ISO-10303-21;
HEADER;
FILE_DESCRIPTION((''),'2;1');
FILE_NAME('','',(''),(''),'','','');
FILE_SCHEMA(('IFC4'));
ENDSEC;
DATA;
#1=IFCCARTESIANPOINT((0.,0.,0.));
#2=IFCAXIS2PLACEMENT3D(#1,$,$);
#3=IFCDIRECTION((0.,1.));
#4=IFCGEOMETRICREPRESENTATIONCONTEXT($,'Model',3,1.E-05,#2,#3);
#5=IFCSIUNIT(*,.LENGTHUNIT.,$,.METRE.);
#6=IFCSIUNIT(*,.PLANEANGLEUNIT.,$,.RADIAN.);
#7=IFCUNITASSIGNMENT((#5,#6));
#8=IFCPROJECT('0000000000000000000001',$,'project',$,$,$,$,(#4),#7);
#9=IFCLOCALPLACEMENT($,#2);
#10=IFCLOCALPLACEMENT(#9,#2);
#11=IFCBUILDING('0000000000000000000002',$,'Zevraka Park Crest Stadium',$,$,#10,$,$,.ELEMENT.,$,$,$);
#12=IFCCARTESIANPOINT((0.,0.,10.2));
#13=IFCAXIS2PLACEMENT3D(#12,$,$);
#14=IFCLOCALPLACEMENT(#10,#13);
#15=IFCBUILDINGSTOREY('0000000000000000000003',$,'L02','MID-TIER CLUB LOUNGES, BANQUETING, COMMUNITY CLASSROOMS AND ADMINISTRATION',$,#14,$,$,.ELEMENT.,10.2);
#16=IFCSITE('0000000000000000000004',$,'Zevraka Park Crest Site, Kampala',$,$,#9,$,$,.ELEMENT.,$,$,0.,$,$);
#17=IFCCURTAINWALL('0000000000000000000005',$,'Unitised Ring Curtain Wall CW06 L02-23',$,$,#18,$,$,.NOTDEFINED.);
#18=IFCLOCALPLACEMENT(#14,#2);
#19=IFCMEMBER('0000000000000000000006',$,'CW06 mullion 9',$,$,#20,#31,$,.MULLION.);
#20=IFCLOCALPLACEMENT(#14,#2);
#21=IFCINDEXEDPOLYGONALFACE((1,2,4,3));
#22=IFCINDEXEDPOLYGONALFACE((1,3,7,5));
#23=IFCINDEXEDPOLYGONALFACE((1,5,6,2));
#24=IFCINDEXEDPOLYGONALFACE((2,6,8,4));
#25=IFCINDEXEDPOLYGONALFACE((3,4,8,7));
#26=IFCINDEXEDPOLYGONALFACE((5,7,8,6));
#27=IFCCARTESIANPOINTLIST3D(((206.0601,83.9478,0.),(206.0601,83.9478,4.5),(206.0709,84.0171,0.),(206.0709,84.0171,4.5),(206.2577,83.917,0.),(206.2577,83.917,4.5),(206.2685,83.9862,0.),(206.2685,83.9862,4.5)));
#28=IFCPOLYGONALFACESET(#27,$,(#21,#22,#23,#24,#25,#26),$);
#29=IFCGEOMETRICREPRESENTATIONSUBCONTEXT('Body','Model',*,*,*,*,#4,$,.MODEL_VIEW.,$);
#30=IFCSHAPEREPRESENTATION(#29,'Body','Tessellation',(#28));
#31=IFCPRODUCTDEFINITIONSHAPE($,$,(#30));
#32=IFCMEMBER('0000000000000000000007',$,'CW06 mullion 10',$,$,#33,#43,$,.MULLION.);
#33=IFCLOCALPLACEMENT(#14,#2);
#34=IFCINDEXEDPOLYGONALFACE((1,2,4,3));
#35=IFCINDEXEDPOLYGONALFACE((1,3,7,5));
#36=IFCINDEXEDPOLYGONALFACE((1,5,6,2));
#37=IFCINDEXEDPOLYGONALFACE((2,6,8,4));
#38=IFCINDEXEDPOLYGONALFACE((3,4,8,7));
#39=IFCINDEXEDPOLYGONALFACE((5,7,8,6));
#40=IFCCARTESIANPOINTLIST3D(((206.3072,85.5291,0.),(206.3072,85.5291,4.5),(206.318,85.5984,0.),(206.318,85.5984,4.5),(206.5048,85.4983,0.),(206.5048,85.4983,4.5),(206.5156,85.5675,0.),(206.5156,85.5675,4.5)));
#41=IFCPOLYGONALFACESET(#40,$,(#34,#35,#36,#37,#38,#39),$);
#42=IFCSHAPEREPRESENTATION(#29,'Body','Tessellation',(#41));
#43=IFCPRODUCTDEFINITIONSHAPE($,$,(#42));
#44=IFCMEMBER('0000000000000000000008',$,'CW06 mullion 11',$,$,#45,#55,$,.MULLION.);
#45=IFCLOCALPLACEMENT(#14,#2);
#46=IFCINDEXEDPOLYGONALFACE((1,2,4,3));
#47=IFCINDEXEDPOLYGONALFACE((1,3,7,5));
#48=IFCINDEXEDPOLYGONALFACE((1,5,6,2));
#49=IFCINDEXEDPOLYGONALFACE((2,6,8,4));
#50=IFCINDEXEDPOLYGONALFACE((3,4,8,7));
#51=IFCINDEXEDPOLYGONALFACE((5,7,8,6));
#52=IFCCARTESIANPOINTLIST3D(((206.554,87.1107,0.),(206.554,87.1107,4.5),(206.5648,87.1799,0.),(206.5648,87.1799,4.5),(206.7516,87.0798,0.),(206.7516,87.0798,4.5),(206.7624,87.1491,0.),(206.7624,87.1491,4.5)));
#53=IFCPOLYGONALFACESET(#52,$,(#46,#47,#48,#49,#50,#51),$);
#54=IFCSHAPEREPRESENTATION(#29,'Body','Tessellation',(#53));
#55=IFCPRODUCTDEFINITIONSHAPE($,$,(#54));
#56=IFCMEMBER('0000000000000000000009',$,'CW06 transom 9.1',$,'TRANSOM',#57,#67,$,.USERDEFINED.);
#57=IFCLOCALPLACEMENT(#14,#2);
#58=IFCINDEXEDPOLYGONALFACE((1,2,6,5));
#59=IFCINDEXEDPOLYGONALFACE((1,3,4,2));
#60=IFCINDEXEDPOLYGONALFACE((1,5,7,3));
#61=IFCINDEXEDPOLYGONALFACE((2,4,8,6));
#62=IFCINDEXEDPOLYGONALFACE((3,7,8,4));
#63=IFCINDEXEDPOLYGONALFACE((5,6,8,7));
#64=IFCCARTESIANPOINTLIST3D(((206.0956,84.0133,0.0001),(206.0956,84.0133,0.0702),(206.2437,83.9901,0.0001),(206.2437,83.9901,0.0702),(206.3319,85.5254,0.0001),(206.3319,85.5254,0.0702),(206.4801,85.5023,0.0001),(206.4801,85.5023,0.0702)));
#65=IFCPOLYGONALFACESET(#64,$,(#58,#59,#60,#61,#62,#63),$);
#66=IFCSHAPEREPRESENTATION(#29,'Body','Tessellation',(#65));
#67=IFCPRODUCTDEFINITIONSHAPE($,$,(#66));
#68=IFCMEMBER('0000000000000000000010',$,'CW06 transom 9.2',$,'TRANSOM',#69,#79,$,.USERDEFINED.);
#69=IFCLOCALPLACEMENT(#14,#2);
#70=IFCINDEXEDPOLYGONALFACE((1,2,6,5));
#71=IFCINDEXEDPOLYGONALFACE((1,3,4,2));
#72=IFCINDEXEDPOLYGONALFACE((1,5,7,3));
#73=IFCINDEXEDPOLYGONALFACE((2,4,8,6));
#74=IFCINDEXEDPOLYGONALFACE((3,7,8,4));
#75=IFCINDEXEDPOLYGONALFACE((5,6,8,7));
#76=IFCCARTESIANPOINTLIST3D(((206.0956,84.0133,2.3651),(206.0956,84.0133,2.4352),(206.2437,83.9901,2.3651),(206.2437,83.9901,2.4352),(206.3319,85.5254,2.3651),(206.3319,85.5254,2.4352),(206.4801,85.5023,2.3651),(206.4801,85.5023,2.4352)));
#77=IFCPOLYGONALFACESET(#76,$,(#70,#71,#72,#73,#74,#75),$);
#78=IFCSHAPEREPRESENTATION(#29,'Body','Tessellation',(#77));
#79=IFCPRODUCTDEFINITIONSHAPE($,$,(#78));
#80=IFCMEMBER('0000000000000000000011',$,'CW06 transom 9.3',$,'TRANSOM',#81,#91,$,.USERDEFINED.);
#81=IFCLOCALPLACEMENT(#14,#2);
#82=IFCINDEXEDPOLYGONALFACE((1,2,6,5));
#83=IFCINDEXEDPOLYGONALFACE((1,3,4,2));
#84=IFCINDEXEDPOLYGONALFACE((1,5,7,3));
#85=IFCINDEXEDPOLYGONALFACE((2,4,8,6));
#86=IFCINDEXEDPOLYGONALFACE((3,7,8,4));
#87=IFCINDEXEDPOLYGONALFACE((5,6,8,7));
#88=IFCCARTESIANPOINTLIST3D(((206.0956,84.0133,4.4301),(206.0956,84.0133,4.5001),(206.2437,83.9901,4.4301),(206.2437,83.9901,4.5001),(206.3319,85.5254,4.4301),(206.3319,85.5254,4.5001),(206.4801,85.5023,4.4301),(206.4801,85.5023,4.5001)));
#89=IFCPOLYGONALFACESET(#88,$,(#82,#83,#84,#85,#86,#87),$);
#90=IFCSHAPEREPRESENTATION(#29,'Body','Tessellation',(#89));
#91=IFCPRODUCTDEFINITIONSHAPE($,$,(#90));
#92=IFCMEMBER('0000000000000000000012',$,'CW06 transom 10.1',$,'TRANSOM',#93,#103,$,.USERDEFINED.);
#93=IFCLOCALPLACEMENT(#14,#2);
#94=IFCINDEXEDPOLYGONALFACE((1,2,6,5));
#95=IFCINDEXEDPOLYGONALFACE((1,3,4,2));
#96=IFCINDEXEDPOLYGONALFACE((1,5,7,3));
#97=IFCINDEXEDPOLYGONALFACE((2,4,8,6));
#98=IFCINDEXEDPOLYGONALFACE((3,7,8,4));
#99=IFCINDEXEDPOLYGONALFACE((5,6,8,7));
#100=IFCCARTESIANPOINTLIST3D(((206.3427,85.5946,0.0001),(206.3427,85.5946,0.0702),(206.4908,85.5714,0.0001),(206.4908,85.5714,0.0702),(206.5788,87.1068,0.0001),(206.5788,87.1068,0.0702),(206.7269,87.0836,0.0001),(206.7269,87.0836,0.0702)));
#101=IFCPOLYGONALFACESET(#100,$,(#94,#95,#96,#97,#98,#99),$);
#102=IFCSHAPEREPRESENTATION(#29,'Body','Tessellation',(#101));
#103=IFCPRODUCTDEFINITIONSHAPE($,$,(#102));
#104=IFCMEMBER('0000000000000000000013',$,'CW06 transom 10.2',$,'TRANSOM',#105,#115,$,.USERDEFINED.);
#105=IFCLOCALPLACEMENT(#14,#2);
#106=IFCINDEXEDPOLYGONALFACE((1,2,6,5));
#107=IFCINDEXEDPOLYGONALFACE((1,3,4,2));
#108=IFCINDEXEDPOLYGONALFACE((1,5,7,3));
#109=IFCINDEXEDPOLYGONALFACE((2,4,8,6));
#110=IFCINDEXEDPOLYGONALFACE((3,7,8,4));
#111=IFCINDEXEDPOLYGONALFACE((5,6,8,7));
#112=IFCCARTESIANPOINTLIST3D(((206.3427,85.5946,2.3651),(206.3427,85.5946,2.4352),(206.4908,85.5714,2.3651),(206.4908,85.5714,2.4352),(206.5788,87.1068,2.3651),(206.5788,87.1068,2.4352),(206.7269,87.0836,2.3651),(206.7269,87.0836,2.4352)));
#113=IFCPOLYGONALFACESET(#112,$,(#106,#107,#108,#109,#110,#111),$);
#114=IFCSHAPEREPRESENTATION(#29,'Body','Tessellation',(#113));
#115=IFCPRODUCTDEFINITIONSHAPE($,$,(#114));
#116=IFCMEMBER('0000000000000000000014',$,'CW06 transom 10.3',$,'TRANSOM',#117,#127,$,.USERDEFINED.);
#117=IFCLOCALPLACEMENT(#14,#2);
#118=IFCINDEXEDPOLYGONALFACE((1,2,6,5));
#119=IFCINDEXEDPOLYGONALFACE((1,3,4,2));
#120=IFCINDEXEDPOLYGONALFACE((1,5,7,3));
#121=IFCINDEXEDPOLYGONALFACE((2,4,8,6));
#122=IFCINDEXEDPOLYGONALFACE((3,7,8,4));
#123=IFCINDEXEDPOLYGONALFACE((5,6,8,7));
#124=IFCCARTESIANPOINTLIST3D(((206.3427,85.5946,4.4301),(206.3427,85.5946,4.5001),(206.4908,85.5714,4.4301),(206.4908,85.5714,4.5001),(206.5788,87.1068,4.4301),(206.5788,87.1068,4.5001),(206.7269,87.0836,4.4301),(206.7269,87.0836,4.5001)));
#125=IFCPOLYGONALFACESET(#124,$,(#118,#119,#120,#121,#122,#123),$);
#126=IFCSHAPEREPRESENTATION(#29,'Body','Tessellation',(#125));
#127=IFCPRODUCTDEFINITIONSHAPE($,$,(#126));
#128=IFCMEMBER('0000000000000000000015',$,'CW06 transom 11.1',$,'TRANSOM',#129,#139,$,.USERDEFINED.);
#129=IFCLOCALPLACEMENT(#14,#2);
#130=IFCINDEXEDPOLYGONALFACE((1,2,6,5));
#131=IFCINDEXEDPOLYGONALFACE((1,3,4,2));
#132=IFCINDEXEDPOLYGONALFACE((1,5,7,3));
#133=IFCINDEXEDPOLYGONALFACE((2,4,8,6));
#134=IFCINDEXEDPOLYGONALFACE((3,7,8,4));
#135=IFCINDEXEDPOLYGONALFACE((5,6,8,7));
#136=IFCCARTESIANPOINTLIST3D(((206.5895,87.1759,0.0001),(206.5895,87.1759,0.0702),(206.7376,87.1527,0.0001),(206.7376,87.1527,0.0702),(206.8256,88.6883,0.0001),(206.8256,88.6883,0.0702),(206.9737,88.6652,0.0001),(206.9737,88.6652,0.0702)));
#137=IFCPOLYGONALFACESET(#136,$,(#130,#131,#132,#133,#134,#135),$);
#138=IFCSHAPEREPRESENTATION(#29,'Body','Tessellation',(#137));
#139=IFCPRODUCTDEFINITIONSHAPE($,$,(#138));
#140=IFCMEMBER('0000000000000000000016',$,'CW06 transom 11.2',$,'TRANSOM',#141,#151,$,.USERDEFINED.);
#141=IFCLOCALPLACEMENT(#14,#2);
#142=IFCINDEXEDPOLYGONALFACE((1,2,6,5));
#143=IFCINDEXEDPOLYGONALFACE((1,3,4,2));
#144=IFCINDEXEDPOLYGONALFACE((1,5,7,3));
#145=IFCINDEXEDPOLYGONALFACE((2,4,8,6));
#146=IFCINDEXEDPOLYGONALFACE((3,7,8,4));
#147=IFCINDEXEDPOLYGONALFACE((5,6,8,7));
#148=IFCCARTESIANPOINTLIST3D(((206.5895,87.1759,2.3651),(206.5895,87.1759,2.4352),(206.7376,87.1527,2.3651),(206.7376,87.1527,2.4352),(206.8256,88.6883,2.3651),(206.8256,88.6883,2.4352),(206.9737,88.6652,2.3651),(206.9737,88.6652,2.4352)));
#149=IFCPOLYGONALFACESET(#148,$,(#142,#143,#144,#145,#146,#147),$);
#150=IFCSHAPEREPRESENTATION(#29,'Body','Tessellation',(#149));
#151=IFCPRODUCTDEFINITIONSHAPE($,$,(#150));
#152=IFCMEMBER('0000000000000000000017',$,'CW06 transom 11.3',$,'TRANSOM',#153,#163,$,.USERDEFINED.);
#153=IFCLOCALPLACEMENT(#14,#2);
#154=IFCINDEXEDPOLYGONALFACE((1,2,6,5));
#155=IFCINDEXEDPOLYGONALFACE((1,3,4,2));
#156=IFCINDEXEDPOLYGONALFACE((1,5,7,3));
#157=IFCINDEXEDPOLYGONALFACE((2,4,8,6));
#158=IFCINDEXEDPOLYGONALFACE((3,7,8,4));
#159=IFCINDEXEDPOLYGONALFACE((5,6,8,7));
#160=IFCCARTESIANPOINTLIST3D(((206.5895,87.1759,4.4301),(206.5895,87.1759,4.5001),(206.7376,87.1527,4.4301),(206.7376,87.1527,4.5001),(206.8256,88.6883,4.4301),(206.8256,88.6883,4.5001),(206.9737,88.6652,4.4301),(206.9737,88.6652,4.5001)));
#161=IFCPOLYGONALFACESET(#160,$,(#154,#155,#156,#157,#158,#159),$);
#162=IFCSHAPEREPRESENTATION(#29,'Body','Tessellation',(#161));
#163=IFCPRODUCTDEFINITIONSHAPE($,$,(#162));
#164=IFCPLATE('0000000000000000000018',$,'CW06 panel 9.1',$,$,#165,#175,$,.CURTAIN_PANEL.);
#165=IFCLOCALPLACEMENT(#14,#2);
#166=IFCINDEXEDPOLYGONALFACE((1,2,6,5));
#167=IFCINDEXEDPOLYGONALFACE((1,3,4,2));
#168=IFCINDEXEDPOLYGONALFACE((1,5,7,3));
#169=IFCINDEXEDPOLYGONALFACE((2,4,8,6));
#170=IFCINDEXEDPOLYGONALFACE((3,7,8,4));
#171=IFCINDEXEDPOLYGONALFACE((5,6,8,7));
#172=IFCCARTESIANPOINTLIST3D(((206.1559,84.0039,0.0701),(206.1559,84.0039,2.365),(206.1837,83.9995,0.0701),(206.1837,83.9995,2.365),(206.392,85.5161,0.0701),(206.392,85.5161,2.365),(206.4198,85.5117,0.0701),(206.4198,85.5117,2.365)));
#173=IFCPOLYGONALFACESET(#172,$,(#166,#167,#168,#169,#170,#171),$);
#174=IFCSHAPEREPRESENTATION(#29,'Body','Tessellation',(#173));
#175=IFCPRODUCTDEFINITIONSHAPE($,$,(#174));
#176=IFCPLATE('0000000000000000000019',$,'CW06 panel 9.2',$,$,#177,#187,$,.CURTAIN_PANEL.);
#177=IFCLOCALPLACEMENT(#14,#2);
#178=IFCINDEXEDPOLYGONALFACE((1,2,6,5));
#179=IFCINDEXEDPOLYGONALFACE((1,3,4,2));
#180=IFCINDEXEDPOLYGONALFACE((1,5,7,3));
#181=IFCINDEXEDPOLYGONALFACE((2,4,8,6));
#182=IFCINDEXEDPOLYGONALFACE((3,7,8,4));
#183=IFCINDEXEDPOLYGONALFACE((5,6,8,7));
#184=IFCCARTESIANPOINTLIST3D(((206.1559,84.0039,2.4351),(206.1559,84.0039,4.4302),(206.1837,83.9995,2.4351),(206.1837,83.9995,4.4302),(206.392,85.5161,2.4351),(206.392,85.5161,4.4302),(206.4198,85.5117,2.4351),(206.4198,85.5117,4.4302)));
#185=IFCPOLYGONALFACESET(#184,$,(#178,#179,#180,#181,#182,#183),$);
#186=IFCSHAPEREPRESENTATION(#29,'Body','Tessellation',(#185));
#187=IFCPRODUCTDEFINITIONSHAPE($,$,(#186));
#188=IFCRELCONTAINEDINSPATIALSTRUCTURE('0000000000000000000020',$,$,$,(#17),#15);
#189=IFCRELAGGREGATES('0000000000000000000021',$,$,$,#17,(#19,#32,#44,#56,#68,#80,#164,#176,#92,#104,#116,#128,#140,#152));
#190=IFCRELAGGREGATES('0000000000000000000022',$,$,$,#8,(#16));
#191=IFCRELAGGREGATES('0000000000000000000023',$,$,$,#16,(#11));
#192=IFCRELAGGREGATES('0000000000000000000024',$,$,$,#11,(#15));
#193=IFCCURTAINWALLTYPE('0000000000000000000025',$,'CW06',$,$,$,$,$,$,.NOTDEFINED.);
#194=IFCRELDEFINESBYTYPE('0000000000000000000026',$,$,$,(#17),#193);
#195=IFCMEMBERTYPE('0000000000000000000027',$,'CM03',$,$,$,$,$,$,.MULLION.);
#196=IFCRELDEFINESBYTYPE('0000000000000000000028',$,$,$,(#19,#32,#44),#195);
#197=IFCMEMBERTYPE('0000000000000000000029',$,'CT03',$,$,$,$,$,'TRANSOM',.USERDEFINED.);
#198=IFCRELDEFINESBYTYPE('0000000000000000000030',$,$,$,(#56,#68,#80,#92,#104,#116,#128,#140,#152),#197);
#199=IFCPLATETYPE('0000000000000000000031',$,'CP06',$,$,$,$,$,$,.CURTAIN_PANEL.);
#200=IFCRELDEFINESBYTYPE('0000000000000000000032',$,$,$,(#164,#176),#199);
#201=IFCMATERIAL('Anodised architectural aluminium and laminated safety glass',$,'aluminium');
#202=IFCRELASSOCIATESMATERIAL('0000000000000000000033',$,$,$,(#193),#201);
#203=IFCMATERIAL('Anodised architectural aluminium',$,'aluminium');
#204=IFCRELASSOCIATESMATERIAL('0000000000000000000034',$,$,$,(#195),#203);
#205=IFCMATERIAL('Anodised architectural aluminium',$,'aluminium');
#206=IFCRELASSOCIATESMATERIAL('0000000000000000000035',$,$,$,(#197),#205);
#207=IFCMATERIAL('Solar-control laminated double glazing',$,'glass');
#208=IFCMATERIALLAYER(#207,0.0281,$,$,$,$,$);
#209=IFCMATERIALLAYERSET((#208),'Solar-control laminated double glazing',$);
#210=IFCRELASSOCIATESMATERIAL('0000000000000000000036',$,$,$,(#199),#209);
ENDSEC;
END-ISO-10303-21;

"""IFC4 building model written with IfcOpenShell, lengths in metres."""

from ifc_helpers import new_model, si_unit, direction, frame, origin, origin_2d, place, context, subcontext, project, spatial, rectangle, extrude, material, layer, layer_set, material_profile, profile_set, type_object, element, aggregate, save


model = new_model("IFC4")

# Units and contexts
model_context = context("Model", 3, precision=1e-05, world=origin(), true_north=direction((0.0, 1.0)))
body_context = subcontext(model_context, "Body", "Model", "MODEL_VIEW")
ifc_project = project(units=[si_unit("LENGTHUNIT", "METRE"), si_unit("PLANEANGLEUNIT", "RADIAN")], contexts=[model_context])

# Site, building, storey
site_placement = place(None, origin())
site = spatial("IfcSite", under=ifc_project, at=site_placement, Name="Zevraka Park Crest Site, Kampala", CompositionType="ELEMENT", RefElevation=0.0)
building_placement = place(site_placement, origin())
building = spatial("IfcBuilding", under=site, at=building_placement, Name="Zevraka Park Crest Stadium", CompositionType="ELEMENT")
storey_placement = place(building_placement, frame((0.0, 0.0, 10.2)))
storey = spatial("IfcBuildingStorey", under=building, at=storey_placement, Name="L02", Description="MID-TIER CLUB LOUNGES, BANQUETING, COMMUNITY CLASSROOMS AND ADMINISTRATION", CompositionType="ELEMENT", Elevation=10.2)

# Curtain wall, members, plates
ifc_material_1 = material(Name="Anodised architectural aluminium and laminated safety glass", Category="aluminium")
curtain_wall_type = type_object("IfcCurtainWallType", Name="CW06", PredefinedType="NOTDEFINED", material=ifc_material_1)
curtain_wall_placement = place(storey_placement, origin())
curtain_wall = element("IfcCurtainWall", 1, at=curtain_wall_placement, inside=storey, type_object=curtain_wall_type, Name="Unitised Ring Curtain Wall CW06 L02-23", PredefinedType="NOTDEFINED")
ifc_material_2 = material(Name="Anodised architectural aluminium", Category="aluminium")
ifc_material_profile_1 = material_profile(ifc_material_2, rectangle(XDim=0.2, YDim=0.0701, at=origin_2d()), Name="ALU MULLION 200x70")
ifc_profile_set_1 = profile_set([ifc_material_profile_1], Name="Anodised architectural aluminium")
member_type_1 = type_object("IfcMemberType", Name="CM03", PredefinedType="MULLION", material=ifc_profile_set_1)
member_1_placement = place(storey_placement, frame((206.1643, 83.967, 0.0), z_axis=(0.0, 0.0, 1.0), x_axis=(-0.988028, 0.154274, 0.0)))
member_1 = element("IfcMember", 2, at=member_1_placement, type_object=member_type_1, Name="CW06 mullion 9", PredefinedType="MULLION", context=body_context, shape_type="SweptSolid", body=[
    extrude(rectangle(XDim=0.2, YDim=0.0701, at=origin_2d()), origin(), (0.0, 0.0, 1.0), 4.5),
])
member_2_placement = place(storey_placement, frame((206.4114, 85.5483, 0.0), z_axis=(0.0, 0.0, 1.0), x_axis=(-0.988028, 0.154274, 0.0)))
member_2 = element("IfcMember", 3, at=member_2_placement, type_object=member_type_1, Name="CW06 mullion 10", PredefinedType="MULLION", context=body_context, shape_type="SweptSolid", body=[
    extrude(rectangle(XDim=0.2, YDim=0.0701, at=origin_2d()), origin(), (0.0, 0.0, 1.0), 4.5),
])
member_3_placement = place(storey_placement, frame((206.6582, 87.1299, 0.0), z_axis=(0.0, 0.0, 1.0), x_axis=(-0.988028, 0.154274, 0.0)))
member_3 = element("IfcMember", 4, at=member_3_placement, type_object=member_type_1, Name="CW06 mullion 11", PredefinedType="MULLION", context=body_context, shape_type="SweptSolid", body=[
    extrude(rectangle(XDim=0.2, YDim=0.0701, at=origin_2d()), origin(), (0.0, 0.0, 1.0), 4.5),
])
ifc_material_3 = material(Name="Anodised architectural aluminium", Category="aluminium")
ifc_material_profile_2 = material_profile(ifc_material_3, rectangle(XDim=0.1499, YDim=0.0701, at=origin_2d()), Name="ALU TRANSOM 150x70")
ifc_profile_set_2 = profile_set([ifc_material_profile_2], Name="Anodised architectural aluminium")
member_type_2 = type_object("IfcMemberType", Name="CT03", ElementType="TRANSOM", PredefinedType="USERDEFINED", material=ifc_profile_set_2)
member_4_placement = place(storey_placement, frame((206.1697, 84.0017, 0.0352), z_axis=(0.154406, 0.988007, 0.0), x_axis=(-0.988007, 0.154406, 0.0)))
member_4 = element("IfcMember", 5, at=member_4_placement, type_object=member_type_2, Name="CW06 transom 9.1", ObjectType="TRANSOM", PredefinedType="USERDEFINED", context=body_context, shape_type="SweptSolid", body=[
    extrude(rectangle(XDim=0.1499, YDim=0.0701, at=origin_2d()), origin(), (0.0, 0.0, 1.0), 1.5305),
])
member_5_placement = place(storey_placement, frame((206.1697, 84.0017, 2.4001), z_axis=(0.154406, 0.988007, 0.0), x_axis=(-0.988007, 0.154406, 0.0)))
member_5 = element("IfcMember", 6, at=member_5_placement, type_object=member_type_2, Name="CW06 transom 9.2", ObjectType="TRANSOM", PredefinedType="USERDEFINED", context=body_context, shape_type="SweptSolid", body=[
    extrude(rectangle(XDim=0.1499, YDim=0.0701, at=origin_2d()), origin(), (0.0, 0.0, 1.0), 1.5305),
])
member_6_placement = place(storey_placement, frame((206.1697, 84.0017, 4.4651), z_axis=(0.154406, 0.988007, 0.0), x_axis=(-0.988007, 0.154406, 0.0)))
member_6 = element("IfcMember", 7, at=member_6_placement, type_object=member_type_2, Name="CW06 transom 9.3", ObjectType="TRANSOM", PredefinedType="USERDEFINED", context=body_context, shape_type="SweptSolid", body=[
    extrude(rectangle(XDim=0.1499, YDim=0.0701, at=origin_2d()), origin(), (0.0, 0.0, 1.0), 1.5305),
])
member_7_placement = place(storey_placement, frame((206.4167, 85.583, 0.0352), z_axis=(0.15425, 0.988032, 0.0), x_axis=(-0.988032, 0.15425, 0.0)))
member_7 = element("IfcMember", 8, at=member_7_placement, type_object=member_type_2, Name="CW06 transom 10.1", ObjectType="TRANSOM", PredefinedType="USERDEFINED", context=body_context, shape_type="SweptSolid", body=[
    extrude(rectangle(XDim=0.1499, YDim=0.0701, at=origin_2d()), origin(), (0.0, 0.0, 1.0), 1.5305),
])
member_8_placement = place(storey_placement, frame((206.4167, 85.583, 2.4001), z_axis=(0.15425, 0.988032, 0.0), x_axis=(-0.988032, 0.15425, 0.0)))
member_8 = element("IfcMember", 9, at=member_8_placement, type_object=member_type_2, Name="CW06 transom 10.2", ObjectType="TRANSOM", PredefinedType="USERDEFINED", context=body_context, shape_type="SweptSolid", body=[
    extrude(rectangle(XDim=0.1499, YDim=0.0701, at=origin_2d()), origin(), (0.0, 0.0, 1.0), 1.5305),
])
member_9_placement = place(storey_placement, frame((206.4167, 85.583, 4.4651), z_axis=(0.15425, 0.988032, 0.0), x_axis=(-0.988032, 0.15425, 0.0)))
member_9 = element("IfcMember", 10, at=member_9_placement, type_object=member_type_2, Name="CW06 transom 10.3", ObjectType="TRANSOM", PredefinedType="USERDEFINED", context=body_context, shape_type="SweptSolid", body=[
    extrude(rectangle(XDim=0.1499, YDim=0.0701, at=origin_2d()), origin(), (0.0, 0.0, 1.0), 1.5305),
])
member_10_placement = place(storey_placement, frame((206.6636, 87.1643, 0.0352), z_axis=(0.154226, 0.988036, 0.0), x_axis=(-0.988036, 0.154226, 0.0)))
member_10 = element("IfcMember", 11, at=member_10_placement, type_object=member_type_2, Name="CW06 transom 11.1", ObjectType="TRANSOM", PredefinedType="USERDEFINED", context=body_context, shape_type="SweptSolid", body=[
    extrude(rectangle(XDim=0.1499, YDim=0.0701, at=origin_2d()), origin(), (0.0, 0.0, 1.0), 1.5308),
])
member_11_placement = place(storey_placement, frame((206.6636, 87.1643, 2.4001), z_axis=(0.154226, 0.988036, 0.0), x_axis=(-0.988036, 0.154226, 0.0)))
member_11 = element("IfcMember", 12, at=member_11_placement, type_object=member_type_2, Name="CW06 transom 11.2", ObjectType="TRANSOM", PredefinedType="USERDEFINED", context=body_context, shape_type="SweptSolid", body=[
    extrude(rectangle(XDim=0.1499, YDim=0.0701, at=origin_2d()), origin(), (0.0, 0.0, 1.0), 1.5308),
])
member_12_placement = place(storey_placement, frame((206.6636, 87.1643, 4.4651), z_axis=(0.154226, 0.988036, 0.0), x_axis=(-0.988036, 0.154226, 0.0)))
member_12 = element("IfcMember", 13, at=member_12_placement, type_object=member_type_2, Name="CW06 transom 11.3", ObjectType="TRANSOM", PredefinedType="USERDEFINED", context=body_context, shape_type="SweptSolid", body=[
    extrude(rectangle(XDim=0.1499, YDim=0.0701, at=origin_2d()), origin(), (0.0, 0.0, 1.0), 1.5308),
])
ifc_material_4 = material(Name="Solar-control laminated double glazing", Category="glass")
ifc_layer_1 = layer(ifc_material_4, 0.0281)
ifc_layer_set_1 = layer_set([ifc_layer_1], Name="Solar-control laminated double glazing")
plate_type = type_object("IfcPlateType", Name="CP06", PredefinedType="CURTAIN_PANEL", material=ifc_layer_set_1)
plate_1_placement = place(storey_placement, frame((206.2878, 84.7578, 0.0701), z_axis=(0.0, 0.0, 1.0), x_axis=(0.154274, 0.988028, 0.0)))
plate_1 = element("IfcPlate", 14, at=plate_1_placement, type_object=plate_type, Name="CW06 panel 9.1", PredefinedType="CURTAIN_PANEL", context=body_context, shape_type="SweptSolid", body=[
    extrude(rectangle(XDim=1.5305, YDim=0.0281, at=origin_2d()), origin(), (0.0, 0.0, 1.0), 2.2949),
])
plate_2_placement = place(storey_placement, frame((206.2878, 84.7578, 2.4351), z_axis=(0.0, 0.0, 1.0), x_axis=(0.154274, 0.988028, 0.0)))
plate_2 = element("IfcPlate", 15, at=plate_2_placement, type_object=plate_type, Name="CW06 panel 9.2", PredefinedType="CURTAIN_PANEL", context=body_context, shape_type="SweptSolid", body=[
    extrude(rectangle(XDim=1.5305, YDim=0.0281, at=origin_2d()), origin(), (0.0, 0.0, 1.0), 1.9951),
])
aggregate(curtain_wall, [member_1, member_2, member_3, member_4, member_5, member_6, plate_1, plate_2, member_7, member_8, member_9, member_10, member_11, member_12])

save(model, "model.ifc")
